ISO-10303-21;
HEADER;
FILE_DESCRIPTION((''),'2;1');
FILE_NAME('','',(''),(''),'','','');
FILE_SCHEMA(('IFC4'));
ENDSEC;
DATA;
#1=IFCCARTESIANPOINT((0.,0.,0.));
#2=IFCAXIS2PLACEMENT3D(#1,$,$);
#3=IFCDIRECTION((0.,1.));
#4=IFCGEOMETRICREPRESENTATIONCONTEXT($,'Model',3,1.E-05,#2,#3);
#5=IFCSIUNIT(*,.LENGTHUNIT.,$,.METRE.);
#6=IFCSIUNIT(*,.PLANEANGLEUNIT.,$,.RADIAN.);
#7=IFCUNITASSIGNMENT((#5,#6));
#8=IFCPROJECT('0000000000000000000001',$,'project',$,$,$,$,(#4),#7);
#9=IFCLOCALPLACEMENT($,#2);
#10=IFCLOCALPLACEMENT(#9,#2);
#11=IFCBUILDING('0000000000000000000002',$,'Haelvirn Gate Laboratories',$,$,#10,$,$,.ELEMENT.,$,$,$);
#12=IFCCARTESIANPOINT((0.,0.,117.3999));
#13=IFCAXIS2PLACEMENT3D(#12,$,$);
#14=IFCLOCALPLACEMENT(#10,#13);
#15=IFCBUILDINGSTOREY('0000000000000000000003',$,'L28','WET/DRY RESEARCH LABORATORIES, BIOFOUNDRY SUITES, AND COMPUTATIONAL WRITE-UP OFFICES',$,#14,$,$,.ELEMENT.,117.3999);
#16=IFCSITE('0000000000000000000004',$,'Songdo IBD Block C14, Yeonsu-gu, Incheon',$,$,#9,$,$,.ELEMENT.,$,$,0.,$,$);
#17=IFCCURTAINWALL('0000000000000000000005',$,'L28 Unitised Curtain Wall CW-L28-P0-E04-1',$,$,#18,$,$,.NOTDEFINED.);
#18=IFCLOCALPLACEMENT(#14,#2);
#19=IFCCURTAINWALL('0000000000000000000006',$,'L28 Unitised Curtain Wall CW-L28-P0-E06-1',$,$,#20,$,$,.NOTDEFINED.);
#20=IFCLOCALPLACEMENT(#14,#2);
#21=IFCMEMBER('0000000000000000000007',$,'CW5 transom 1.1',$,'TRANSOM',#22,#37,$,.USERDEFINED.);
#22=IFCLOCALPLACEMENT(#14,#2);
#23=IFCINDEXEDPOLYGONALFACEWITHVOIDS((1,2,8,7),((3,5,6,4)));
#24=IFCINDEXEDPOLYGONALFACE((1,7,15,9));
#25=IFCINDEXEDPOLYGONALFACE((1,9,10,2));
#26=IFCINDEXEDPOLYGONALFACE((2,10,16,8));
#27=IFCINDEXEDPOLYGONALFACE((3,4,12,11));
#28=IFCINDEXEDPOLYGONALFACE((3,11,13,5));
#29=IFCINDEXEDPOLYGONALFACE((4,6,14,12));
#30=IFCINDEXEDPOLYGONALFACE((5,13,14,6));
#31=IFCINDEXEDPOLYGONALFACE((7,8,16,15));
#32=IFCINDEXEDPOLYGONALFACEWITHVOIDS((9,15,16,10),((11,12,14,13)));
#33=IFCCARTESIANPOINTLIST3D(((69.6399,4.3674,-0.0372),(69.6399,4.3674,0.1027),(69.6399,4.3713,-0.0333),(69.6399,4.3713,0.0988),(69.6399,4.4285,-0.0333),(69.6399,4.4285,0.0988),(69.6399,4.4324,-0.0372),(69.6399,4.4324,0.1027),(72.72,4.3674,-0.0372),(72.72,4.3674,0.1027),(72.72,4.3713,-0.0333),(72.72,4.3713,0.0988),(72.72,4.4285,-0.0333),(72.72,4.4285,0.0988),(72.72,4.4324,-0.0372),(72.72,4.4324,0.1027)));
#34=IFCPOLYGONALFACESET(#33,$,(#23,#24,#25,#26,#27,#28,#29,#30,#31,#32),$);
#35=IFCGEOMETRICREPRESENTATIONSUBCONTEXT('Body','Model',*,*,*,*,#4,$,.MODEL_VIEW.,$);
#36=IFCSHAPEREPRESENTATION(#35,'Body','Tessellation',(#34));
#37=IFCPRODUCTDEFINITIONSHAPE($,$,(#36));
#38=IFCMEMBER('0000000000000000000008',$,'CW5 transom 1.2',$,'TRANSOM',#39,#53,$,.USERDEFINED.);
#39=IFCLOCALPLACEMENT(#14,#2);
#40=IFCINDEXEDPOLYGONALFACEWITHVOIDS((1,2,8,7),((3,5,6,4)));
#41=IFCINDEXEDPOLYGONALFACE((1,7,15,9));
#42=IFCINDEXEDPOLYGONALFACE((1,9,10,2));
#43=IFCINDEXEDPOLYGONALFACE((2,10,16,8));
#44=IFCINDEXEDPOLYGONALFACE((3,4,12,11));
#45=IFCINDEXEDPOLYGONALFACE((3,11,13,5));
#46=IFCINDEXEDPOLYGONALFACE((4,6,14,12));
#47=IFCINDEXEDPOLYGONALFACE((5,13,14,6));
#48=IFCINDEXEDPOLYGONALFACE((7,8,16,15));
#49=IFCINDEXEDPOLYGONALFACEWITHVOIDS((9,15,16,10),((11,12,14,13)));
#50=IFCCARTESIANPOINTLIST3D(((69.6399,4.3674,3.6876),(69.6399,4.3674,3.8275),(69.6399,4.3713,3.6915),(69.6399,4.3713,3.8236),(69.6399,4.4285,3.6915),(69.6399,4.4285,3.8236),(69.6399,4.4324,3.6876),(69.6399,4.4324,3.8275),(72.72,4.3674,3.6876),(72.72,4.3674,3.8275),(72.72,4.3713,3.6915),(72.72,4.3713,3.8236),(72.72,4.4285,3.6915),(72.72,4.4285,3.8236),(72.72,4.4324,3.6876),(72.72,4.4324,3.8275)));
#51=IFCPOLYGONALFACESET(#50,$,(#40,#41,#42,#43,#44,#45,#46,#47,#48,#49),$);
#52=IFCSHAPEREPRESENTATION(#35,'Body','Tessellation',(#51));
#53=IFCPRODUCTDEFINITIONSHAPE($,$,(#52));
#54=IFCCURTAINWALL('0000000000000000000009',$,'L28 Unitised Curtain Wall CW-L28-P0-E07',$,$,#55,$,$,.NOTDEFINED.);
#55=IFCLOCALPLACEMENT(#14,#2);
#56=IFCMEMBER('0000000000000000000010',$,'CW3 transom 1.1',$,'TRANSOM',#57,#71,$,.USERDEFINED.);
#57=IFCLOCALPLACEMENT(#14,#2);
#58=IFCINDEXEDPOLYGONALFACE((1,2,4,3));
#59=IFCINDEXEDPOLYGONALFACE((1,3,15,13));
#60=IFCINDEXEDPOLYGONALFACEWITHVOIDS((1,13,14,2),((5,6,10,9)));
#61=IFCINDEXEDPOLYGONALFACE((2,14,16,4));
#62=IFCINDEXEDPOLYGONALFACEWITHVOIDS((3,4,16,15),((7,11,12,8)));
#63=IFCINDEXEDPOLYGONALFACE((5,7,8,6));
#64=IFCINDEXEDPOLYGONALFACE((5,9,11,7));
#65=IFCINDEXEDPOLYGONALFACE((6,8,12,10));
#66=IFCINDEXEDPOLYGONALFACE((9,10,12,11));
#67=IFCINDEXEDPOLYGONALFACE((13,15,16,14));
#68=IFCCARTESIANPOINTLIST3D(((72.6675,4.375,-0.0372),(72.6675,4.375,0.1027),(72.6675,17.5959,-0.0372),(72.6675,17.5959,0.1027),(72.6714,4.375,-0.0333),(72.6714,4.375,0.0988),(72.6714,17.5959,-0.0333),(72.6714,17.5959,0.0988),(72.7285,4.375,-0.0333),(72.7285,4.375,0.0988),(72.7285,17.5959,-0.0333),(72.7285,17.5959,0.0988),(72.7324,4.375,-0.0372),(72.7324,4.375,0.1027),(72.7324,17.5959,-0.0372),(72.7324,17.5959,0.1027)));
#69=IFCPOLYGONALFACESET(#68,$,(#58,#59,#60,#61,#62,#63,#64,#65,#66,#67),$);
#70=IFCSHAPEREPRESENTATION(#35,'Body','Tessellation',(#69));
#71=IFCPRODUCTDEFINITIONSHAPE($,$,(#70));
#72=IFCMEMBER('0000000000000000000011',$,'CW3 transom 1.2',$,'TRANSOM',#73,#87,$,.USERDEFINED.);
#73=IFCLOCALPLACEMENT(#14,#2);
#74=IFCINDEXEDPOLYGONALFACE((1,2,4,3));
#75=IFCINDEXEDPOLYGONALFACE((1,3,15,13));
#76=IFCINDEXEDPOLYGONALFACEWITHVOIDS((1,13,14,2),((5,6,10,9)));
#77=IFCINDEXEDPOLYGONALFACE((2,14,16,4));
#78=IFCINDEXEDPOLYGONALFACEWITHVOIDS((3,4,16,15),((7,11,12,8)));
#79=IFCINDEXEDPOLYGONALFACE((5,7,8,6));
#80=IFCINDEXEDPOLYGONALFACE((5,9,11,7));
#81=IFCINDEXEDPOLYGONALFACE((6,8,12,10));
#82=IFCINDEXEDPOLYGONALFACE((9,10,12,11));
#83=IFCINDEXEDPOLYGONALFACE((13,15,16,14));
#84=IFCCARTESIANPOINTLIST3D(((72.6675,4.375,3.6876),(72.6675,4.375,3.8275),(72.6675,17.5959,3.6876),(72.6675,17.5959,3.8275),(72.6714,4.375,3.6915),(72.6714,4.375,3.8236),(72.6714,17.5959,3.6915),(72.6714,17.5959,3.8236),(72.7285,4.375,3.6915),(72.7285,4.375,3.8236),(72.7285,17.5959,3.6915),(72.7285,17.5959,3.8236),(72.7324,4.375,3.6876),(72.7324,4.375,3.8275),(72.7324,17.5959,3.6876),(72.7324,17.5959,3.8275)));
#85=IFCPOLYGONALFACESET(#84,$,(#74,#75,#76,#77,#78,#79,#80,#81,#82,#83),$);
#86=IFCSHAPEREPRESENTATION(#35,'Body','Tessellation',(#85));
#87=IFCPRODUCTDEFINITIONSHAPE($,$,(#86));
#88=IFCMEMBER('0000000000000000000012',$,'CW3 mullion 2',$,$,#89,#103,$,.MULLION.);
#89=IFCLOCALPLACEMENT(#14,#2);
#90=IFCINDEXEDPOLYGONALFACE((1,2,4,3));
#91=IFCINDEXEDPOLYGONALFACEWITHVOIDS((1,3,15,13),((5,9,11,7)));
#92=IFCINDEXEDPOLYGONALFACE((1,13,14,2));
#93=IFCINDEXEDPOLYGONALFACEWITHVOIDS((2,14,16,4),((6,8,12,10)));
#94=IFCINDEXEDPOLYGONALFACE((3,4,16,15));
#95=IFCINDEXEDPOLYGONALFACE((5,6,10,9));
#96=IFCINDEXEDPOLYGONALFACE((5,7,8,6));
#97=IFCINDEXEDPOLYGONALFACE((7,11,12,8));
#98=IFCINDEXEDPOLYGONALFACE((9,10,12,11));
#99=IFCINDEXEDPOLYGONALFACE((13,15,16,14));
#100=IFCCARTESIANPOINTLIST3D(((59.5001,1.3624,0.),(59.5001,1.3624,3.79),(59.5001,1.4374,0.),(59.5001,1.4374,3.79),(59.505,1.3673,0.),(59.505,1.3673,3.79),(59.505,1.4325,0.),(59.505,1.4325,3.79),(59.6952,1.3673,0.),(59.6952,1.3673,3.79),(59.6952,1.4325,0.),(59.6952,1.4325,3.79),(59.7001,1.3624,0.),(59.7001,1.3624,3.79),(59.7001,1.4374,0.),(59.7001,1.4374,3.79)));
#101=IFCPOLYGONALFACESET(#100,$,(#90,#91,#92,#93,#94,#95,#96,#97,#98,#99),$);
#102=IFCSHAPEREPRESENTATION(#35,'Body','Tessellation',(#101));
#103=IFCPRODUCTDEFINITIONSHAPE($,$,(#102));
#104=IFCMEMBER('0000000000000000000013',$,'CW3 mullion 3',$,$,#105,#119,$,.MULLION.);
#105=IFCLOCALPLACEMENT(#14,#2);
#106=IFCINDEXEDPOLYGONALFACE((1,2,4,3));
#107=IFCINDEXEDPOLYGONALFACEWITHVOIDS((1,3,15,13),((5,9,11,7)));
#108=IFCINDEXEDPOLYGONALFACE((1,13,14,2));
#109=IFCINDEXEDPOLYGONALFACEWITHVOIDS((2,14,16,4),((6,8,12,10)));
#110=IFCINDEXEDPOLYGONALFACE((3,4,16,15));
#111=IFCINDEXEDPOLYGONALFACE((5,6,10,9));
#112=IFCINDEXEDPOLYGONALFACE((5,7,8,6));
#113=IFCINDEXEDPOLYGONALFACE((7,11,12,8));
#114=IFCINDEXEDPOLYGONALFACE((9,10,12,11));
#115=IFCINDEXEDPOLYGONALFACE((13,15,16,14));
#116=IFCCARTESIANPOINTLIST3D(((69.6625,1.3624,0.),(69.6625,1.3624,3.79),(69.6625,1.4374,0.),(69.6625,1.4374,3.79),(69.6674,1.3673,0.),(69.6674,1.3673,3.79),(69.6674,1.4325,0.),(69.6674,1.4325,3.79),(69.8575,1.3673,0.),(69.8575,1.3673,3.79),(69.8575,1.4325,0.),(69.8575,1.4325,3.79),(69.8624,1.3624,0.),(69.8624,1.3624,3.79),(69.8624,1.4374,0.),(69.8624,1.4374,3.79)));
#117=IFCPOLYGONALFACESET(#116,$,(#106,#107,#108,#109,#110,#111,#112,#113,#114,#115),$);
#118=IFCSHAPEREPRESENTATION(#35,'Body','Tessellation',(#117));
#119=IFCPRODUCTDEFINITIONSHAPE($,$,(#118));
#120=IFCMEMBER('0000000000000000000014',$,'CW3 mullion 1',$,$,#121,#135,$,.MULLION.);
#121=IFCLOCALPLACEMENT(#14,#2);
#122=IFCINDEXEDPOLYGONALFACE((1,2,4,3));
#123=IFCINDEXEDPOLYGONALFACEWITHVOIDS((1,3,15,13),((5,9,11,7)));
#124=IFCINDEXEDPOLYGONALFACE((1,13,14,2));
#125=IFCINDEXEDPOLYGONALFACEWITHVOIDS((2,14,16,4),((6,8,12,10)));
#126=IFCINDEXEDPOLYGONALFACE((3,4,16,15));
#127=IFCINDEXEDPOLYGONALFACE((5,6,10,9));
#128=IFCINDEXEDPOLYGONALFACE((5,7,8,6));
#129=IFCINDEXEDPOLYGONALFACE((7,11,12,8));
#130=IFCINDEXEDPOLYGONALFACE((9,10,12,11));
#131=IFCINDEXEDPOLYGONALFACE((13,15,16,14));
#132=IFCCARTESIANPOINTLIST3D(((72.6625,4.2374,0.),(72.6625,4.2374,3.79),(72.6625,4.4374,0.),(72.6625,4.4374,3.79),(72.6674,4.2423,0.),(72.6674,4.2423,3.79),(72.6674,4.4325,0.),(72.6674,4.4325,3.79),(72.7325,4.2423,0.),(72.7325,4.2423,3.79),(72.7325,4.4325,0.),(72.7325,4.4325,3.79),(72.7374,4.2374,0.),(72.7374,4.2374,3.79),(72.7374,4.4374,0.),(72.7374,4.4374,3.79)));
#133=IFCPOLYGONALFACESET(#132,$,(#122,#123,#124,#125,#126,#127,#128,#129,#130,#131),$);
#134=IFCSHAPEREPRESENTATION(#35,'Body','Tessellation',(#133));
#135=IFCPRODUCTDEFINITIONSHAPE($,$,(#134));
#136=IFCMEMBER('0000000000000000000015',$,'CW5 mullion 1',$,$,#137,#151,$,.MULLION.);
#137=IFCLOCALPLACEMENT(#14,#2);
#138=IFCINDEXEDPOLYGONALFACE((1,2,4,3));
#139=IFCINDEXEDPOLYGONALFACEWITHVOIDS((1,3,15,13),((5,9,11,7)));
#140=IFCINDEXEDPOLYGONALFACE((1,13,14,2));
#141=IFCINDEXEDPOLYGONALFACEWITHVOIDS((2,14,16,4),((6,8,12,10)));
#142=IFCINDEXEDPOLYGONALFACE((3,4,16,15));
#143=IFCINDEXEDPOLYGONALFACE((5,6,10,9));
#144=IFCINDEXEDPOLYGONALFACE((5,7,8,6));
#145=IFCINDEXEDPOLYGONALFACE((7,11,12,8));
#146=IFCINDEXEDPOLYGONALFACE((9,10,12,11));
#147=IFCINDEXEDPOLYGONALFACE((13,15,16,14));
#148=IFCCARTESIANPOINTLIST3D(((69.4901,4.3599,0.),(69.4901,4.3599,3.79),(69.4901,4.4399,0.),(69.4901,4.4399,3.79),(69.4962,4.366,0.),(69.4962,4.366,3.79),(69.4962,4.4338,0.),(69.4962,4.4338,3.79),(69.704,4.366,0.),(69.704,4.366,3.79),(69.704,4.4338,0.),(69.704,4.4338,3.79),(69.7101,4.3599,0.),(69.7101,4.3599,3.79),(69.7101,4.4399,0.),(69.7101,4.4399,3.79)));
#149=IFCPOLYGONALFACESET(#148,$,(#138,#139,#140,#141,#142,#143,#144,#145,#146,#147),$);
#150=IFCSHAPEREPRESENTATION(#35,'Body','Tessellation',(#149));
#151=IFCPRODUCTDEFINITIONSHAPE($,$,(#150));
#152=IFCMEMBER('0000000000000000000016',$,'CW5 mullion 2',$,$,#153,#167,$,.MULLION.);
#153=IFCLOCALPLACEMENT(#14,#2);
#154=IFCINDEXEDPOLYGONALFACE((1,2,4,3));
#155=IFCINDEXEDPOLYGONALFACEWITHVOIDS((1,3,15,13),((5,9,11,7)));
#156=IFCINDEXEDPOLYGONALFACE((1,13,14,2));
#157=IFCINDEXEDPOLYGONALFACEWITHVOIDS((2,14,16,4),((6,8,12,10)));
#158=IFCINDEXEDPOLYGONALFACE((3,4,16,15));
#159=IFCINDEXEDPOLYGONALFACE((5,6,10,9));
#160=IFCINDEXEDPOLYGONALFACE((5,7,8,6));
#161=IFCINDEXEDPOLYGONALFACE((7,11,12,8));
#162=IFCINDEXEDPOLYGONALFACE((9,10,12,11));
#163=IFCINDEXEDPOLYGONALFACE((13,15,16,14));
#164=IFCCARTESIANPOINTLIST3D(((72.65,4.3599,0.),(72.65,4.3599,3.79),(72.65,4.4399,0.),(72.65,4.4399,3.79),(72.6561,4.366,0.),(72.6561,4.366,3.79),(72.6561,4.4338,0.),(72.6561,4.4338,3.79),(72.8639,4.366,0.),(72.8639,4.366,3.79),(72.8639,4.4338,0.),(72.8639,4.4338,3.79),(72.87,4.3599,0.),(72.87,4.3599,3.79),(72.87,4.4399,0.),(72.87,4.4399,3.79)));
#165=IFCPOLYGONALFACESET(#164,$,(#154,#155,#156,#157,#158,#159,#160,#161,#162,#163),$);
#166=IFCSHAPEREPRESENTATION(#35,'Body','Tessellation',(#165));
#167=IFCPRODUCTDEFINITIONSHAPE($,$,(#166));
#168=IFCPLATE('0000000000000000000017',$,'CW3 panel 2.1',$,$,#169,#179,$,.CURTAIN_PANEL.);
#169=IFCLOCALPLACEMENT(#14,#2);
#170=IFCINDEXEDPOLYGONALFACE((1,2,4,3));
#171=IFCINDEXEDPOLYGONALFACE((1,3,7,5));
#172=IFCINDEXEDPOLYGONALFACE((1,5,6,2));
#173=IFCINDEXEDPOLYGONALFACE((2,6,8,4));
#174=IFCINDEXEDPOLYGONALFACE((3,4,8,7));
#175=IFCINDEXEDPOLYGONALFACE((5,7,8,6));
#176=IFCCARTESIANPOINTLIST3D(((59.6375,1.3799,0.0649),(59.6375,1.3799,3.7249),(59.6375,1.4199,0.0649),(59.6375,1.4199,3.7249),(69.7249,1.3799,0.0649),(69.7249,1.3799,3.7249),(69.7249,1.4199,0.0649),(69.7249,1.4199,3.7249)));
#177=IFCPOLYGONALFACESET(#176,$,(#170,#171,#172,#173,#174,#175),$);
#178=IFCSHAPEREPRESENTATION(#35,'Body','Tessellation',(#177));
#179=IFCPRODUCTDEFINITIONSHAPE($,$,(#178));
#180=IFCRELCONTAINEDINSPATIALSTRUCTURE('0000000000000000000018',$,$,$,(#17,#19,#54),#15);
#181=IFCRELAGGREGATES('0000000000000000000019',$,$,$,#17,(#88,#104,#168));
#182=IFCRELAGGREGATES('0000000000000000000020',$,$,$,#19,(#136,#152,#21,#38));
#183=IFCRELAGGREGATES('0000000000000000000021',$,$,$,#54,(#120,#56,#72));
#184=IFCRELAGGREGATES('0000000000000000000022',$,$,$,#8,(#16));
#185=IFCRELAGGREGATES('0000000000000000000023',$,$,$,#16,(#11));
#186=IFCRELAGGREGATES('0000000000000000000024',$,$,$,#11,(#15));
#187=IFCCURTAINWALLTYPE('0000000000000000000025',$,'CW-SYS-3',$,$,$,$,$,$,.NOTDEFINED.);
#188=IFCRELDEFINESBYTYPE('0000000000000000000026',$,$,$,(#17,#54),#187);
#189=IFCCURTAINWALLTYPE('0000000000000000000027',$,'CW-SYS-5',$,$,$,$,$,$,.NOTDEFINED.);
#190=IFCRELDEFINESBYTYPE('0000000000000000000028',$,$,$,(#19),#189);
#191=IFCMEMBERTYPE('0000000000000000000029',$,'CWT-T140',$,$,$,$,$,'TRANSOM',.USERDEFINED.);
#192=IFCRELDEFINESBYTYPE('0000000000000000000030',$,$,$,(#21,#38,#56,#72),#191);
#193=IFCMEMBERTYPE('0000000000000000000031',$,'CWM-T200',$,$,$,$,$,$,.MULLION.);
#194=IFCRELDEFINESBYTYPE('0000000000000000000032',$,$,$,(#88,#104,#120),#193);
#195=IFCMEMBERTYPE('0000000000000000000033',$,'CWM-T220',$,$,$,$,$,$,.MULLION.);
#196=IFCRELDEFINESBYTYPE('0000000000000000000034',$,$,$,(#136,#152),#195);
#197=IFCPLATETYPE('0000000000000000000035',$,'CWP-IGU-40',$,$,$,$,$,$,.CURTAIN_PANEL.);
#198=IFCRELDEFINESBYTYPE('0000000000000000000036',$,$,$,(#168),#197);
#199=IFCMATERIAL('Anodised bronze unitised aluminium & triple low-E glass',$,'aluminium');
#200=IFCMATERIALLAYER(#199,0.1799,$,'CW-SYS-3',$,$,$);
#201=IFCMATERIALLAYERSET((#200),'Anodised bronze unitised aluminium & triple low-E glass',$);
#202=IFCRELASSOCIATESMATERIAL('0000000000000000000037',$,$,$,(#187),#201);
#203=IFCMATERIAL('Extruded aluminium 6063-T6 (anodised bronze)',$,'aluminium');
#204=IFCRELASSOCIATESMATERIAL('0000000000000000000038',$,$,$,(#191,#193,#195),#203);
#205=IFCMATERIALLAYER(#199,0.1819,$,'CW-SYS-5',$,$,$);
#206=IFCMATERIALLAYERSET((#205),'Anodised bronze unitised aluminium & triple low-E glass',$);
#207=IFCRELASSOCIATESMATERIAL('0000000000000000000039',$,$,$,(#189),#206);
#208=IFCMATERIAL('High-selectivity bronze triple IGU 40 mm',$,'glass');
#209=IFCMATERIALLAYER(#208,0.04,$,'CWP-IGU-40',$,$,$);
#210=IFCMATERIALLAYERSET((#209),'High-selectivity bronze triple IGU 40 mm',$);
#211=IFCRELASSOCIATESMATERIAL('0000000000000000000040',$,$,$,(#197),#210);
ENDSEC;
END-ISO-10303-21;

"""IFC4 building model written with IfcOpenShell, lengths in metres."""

from ifc_helpers import new_model, si_unit, direction, frame, origin, origin_2d, place, context, subcontext, project, spatial, rectangle, hollow_rectangle, extrude, source, transform, mapped, material, layer, layer_set, material_profile, profile_set, type_object, type_shapes, element, aggregate, save


model = new_model("IFC4")

# Units and contexts
model_context = context("Model", 3, precision=1e-05, world=origin(), true_north=direction((0.0, 1.0)))
body_context = subcontext(model_context, "Body", "Model", "MODEL_VIEW")
ifc_project = project(units=[si_unit("LENGTHUNIT", "METRE"), si_unit("PLANEANGLEUNIT", "RADIAN")], contexts=[model_context])

# Site, building, storey
site_placement = place(None, origin())
site = spatial("IfcSite", under=ifc_project, at=site_placement, Name="Songdo IBD Block C14, Yeonsu-gu, Incheon", CompositionType="ELEMENT", RefElevation=0.0)
building_placement = place(site_placement, origin())
building = spatial("IfcBuilding", under=site, at=building_placement, Name="Haelvirn Gate Laboratories", CompositionType="ELEMENT")
storey_placement = place(building_placement, frame((0.0, 0.0, 117.3999)))
storey = spatial("IfcBuildingStorey", under=building, at=storey_placement, Name="L28", Description="WET/DRY RESEARCH LABORATORIES, BIOFOUNDRY SUITES, AND COMPUTATIONAL WRITE-UP OFFICES", CompositionType="ELEMENT", Elevation=117.3999)

# Curtain walls, members
ifc_material_1 = material(Name="Anodised bronze unitised aluminium & triple low-E glass", Category="aluminium")
ifc_layer_1 = layer(ifc_material_1, 0.1799, Name="CW-SYS-3")
ifc_layer_set_1 = layer_set([ifc_layer_1], Name="Anodised bronze unitised aluminium & triple low-E glass")
curtain_wall_type_1 = type_object("IfcCurtainWallType", Name="CW-SYS-3", PredefinedType="NOTDEFINED", material=ifc_layer_set_1)
curtain_wall_1_placement = place(storey_placement, origin())
curtain_wall_1 = element("IfcCurtainWall", 1, at=curtain_wall_1_placement, inside=storey, type_object=curtain_wall_type_1, Name="L28 Unitised Curtain Wall CW-L28-P0-E04-1", PredefinedType="NOTDEFINED")
ifc_material_2 = material(Name="Extruded aluminium 6063-T6 (anodised bronze)", Category="aluminium")
ifc_material_profile_1 = material_profile(ifc_material_2, hollow_rectangle(XDim=0.0649, YDim=0.1399, WallThickness=0.0039, at=origin_2d()), Name="CWT-140x65x4")
ifc_profile_set_1 = profile_set([ifc_material_profile_1], Name="Extruded aluminium 6063-T6 (anodised bronze)")
member_type_1 = type_object("IfcMemberType", Name="CWT-T140", ElementType="TRANSOM", PredefinedType="USERDEFINED", material=ifc_profile_set_1)
ifc_layer_2 = layer(ifc_material_1, 0.1819, Name="CW-SYS-5")
ifc_layer_set_2 = layer_set([ifc_layer_2], Name="Anodised bronze unitised aluminium & triple low-E glass")
curtain_wall_type_2 = type_object("IfcCurtainWallType", Name="CW-SYS-5", PredefinedType="NOTDEFINED", material=ifc_layer_set_2)
curtain_wall_2_placement = place(storey_placement, origin())
curtain_wall_2 = element("IfcCurtainWall", 2, at=curtain_wall_2_placement, inside=storey, type_object=curtain_wall_type_2, Name="L28 Unitised Curtain Wall CW-L28-P0-E06-1", PredefinedType="NOTDEFINED")
shared_shape_1 = source(origin(), body_context, "Body", "SweptSolid", [
    extrude(hollow_rectangle(XDim=0.0649, YDim=0.1399, WallThickness=0.0039, at=origin_2d()), origin(), (0.0, 0.0, 1.0), 3.0801),
])
member_1_placement = place(storey_placement, frame((69.6399, 4.3999, 0.0327), z_axis=(1.0, 0.0, 0.0), x_axis=(0.0, 1.0, 0.0)))
member_1 = element("IfcMember", 3, at=member_1_placement, type_object=member_type_1, Name="CW5 transom 1.1", ObjectType="TRANSOM", PredefinedType="USERDEFINED", context=body_context, shape_type="MappedRepresentation", body=[
    mapped(shared_shape_1, transform((0.0, 0.0, 0.0), scale=1.0)),
])
member_2_placement = place(storey_placement, frame((69.6399, 4.3999, 3.7576), z_axis=(1.0, 0.0, 0.0), x_axis=(0.0, 1.0, 0.0)))
member_2 = element("IfcMember", 4, at=member_2_placement, type_object=member_type_1, Name="CW5 transom 1.2", ObjectType="TRANSOM", PredefinedType="USERDEFINED", context=body_context, shape_type="MappedRepresentation", body=[
    mapped(shared_shape_1, transform((0.0, 0.0, 0.0), scale=1.0)),
])
curtain_wall_3_placement = place(storey_placement, origin())
curtain_wall_3 = element("IfcCurtainWall", 5, at=curtain_wall_3_placement, inside=storey, type_object=curtain_wall_type_1, Name="L28 Unitised Curtain Wall CW-L28-P0-E07", PredefinedType="NOTDEFINED")
shared_shape_2 = source(origin(), body_context, "Body", "SweptSolid", [
    extrude(hollow_rectangle(XDim=0.0649, YDim=0.1399, WallThickness=0.0039, at=origin_2d()), origin(), (0.0, 0.0, 1.0), 13.2209),
])
member_3_placement = place(storey_placement, frame((72.7, 4.375, 0.0327), z_axis=(0.0, 1.0, 0.0), x_axis=(-1.0, 0.0, 0.0)))
member_3 = element("IfcMember", 6, at=member_3_placement, type_object=member_type_1, Name="CW3 transom 1.1", ObjectType="TRANSOM", PredefinedType="USERDEFINED", context=body_context, shape_type="MappedRepresentation", body=[
    mapped(shared_shape_2, transform((0.0, 0.0, 0.0), scale=1.0)),
])
member_4_placement = place(storey_placement, frame((72.7, 4.375, 3.7576), z_axis=(0.0, 1.0, 0.0), x_axis=(-1.0, 0.0, 0.0)))
member_4 = element("IfcMember", 7, at=member_4_placement, type_object=member_type_1, Name="CW3 transom 1.2", ObjectType="TRANSOM", PredefinedType="USERDEFINED", context=body_context, shape_type="MappedRepresentation", body=[
    mapped(shared_shape_2, transform((0.0, 0.0, 0.0), scale=1.0)),
])

# Members
ifc_material_profile_2 = material_profile(ifc_material_2, hollow_rectangle(XDim=0.075, YDim=0.2, WallThickness=0.0049, at=origin_2d()), Name="CWM-200x75x5")
ifc_profile_set_2 = profile_set([ifc_material_profile_2], Name="Extruded aluminium 6063-T6 (anodised bronze)")
member_type_2 = type_object("IfcMemberType", Name="CWM-T200", PredefinedType="MULLION", material=ifc_profile_set_2)
shared_shape_3 = source(origin(), body_context, "Body", "SweptSolid", [
    extrude(hollow_rectangle(XDim=0.075, YDim=0.2, WallThickness=0.0049, at=origin_2d()), origin(), (0.0, 0.0, 1.0), 3.79),
])
type_shapes(member_type_2, [shared_shape_3])
member_5_placement = place(storey_placement, frame((59.6001, 1.3999, 0.0), z_axis=(0.0, 0.0, 1.0), x_axis=(0.0, 1.0, 0.0)))
member_5 = element("IfcMember", 8, at=member_5_placement, type_object=member_type_2, Name="CW3 mullion 2", PredefinedType="MULLION", context=body_context, shape_type="MappedRepresentation", body=[
    mapped(shared_shape_3, transform((0.0, 0.0, 0.0), scale=1.0)),
])
member_6_placement = place(storey_placement, frame((69.7625, 1.3999, 0.0), z_axis=(0.0, 0.0, 1.0), x_axis=(0.0, 1.0, 0.0)))
member_6 = element("IfcMember", 9, at=member_6_placement, type_object=member_type_2, Name="CW3 mullion 3", PredefinedType="MULLION", context=body_context, shape_type="MappedRepresentation", body=[
    mapped(shared_shape_3, transform((0.0, 0.0, 0.0), scale=1.0)),
])
member_7_placement = place(storey_placement, frame((72.7, 4.3374, 0.0), z_axis=(0.0, 0.0, 1.0), x_axis=(-1.0, 0.0, 0.0)))
member_7 = element("IfcMember", 10, at=member_7_placement, type_object=member_type_2, Name="CW3 mullion 1", PredefinedType="MULLION", context=body_context, shape_type="MappedRepresentation", body=[
    mapped(shared_shape_3, transform((0.0, 0.0, 0.0), scale=1.0)),
])
ifc_material_profile_3 = material_profile(ifc_material_2, hollow_rectangle(XDim=0.0801, YDim=0.22, WallThickness=0.0061, at=origin_2d()), Name="CWM-220x80x6")
ifc_profile_set_3 = profile_set([ifc_material_profile_3], Name="Extruded aluminium 6063-T6 (anodised bronze)")
member_type_3 = type_object("IfcMemberType", Name="CWM-T220", PredefinedType="MULLION", material=ifc_profile_set_3)
shared_shape_4 = source(origin(), body_context, "Body", "SweptSolid", [
    extrude(hollow_rectangle(XDim=0.0801, YDim=0.22, WallThickness=0.0061, at=origin_2d()), origin(), (0.0, 0.0, 1.0), 3.79),
])
type_shapes(member_type_3, [shared_shape_4])
member_8_placement = place(storey_placement, frame((69.6001, 4.3999, 0.0), z_axis=(0.0, 0.0, 1.0), x_axis=(0.0, 1.0, 0.0)))
member_8 = element("IfcMember", 11, at=member_8_placement, type_object=member_type_3, Name="CW5 mullion 1", PredefinedType="MULLION", context=body_context, shape_type="MappedRepresentation", body=[
    mapped(shared_shape_4, transform((0.0, 0.0, 0.0), scale=1.0)),
])
member_9_placement = place(storey_placement, frame((72.76, 4.3999, 0.0), z_axis=(0.0, 0.0, 1.0), x_axis=(0.0, 1.0, 0.0)))
member_9 = element("IfcMember", 12, at=member_9_placement, type_object=member_type_3, Name="CW5 mullion 2", PredefinedType="MULLION", context=body_context, shape_type="MappedRepresentation", body=[
    mapped(shared_shape_4, transform((0.0, 0.0, 0.0), scale=1.0)),
])

# Plate
ifc_material_3 = material(Name="High-selectivity bronze triple IGU 40 mm", Category="glass")
ifc_layer_3 = layer(ifc_material_3, 0.04, Name="CWP-IGU-40")
ifc_layer_set_3 = layer_set([ifc_layer_3], Name="High-selectivity bronze triple IGU 40 mm")
plate_type_1 = type_object("IfcPlateType", Name="CWP-IGU-40", PredefinedType="CURTAIN_PANEL", material=ifc_layer_set_3)
shared_shape_5 = source(origin(), body_context, "Body", "SweptSolid", [
    extrude(rectangle(XDim=10.0874, YDim=0.04, at=origin_2d()), origin(), (0.0, 0.0, 1.0), 3.6599),
])
plate_1_placement = place(storey_placement, frame((64.6812, 1.3999, 0.0649), z_axis=(0.0, 0.0, 1.0), x_axis=(1.0, 0.0, 0.0)))
plate_1 = element("IfcPlate", 13, at=plate_1_placement, type_object=plate_type_1, Name="CW3 panel 2.1", PredefinedType="CURTAIN_PANEL", context=body_context, shape_type="MappedRepresentation", body=[
    mapped(shared_shape_5, transform((0.0, 0.0, 0.0), scale=1.0)),
])
aggregate(curtain_wall_1, [member_5, member_6, plate_1])
aggregate(curtain_wall_2, [member_8, member_9, member_1, member_2])
aggregate(curtain_wall_3, [member_7, member_3, member_4])

save(model, "model.ifc")
